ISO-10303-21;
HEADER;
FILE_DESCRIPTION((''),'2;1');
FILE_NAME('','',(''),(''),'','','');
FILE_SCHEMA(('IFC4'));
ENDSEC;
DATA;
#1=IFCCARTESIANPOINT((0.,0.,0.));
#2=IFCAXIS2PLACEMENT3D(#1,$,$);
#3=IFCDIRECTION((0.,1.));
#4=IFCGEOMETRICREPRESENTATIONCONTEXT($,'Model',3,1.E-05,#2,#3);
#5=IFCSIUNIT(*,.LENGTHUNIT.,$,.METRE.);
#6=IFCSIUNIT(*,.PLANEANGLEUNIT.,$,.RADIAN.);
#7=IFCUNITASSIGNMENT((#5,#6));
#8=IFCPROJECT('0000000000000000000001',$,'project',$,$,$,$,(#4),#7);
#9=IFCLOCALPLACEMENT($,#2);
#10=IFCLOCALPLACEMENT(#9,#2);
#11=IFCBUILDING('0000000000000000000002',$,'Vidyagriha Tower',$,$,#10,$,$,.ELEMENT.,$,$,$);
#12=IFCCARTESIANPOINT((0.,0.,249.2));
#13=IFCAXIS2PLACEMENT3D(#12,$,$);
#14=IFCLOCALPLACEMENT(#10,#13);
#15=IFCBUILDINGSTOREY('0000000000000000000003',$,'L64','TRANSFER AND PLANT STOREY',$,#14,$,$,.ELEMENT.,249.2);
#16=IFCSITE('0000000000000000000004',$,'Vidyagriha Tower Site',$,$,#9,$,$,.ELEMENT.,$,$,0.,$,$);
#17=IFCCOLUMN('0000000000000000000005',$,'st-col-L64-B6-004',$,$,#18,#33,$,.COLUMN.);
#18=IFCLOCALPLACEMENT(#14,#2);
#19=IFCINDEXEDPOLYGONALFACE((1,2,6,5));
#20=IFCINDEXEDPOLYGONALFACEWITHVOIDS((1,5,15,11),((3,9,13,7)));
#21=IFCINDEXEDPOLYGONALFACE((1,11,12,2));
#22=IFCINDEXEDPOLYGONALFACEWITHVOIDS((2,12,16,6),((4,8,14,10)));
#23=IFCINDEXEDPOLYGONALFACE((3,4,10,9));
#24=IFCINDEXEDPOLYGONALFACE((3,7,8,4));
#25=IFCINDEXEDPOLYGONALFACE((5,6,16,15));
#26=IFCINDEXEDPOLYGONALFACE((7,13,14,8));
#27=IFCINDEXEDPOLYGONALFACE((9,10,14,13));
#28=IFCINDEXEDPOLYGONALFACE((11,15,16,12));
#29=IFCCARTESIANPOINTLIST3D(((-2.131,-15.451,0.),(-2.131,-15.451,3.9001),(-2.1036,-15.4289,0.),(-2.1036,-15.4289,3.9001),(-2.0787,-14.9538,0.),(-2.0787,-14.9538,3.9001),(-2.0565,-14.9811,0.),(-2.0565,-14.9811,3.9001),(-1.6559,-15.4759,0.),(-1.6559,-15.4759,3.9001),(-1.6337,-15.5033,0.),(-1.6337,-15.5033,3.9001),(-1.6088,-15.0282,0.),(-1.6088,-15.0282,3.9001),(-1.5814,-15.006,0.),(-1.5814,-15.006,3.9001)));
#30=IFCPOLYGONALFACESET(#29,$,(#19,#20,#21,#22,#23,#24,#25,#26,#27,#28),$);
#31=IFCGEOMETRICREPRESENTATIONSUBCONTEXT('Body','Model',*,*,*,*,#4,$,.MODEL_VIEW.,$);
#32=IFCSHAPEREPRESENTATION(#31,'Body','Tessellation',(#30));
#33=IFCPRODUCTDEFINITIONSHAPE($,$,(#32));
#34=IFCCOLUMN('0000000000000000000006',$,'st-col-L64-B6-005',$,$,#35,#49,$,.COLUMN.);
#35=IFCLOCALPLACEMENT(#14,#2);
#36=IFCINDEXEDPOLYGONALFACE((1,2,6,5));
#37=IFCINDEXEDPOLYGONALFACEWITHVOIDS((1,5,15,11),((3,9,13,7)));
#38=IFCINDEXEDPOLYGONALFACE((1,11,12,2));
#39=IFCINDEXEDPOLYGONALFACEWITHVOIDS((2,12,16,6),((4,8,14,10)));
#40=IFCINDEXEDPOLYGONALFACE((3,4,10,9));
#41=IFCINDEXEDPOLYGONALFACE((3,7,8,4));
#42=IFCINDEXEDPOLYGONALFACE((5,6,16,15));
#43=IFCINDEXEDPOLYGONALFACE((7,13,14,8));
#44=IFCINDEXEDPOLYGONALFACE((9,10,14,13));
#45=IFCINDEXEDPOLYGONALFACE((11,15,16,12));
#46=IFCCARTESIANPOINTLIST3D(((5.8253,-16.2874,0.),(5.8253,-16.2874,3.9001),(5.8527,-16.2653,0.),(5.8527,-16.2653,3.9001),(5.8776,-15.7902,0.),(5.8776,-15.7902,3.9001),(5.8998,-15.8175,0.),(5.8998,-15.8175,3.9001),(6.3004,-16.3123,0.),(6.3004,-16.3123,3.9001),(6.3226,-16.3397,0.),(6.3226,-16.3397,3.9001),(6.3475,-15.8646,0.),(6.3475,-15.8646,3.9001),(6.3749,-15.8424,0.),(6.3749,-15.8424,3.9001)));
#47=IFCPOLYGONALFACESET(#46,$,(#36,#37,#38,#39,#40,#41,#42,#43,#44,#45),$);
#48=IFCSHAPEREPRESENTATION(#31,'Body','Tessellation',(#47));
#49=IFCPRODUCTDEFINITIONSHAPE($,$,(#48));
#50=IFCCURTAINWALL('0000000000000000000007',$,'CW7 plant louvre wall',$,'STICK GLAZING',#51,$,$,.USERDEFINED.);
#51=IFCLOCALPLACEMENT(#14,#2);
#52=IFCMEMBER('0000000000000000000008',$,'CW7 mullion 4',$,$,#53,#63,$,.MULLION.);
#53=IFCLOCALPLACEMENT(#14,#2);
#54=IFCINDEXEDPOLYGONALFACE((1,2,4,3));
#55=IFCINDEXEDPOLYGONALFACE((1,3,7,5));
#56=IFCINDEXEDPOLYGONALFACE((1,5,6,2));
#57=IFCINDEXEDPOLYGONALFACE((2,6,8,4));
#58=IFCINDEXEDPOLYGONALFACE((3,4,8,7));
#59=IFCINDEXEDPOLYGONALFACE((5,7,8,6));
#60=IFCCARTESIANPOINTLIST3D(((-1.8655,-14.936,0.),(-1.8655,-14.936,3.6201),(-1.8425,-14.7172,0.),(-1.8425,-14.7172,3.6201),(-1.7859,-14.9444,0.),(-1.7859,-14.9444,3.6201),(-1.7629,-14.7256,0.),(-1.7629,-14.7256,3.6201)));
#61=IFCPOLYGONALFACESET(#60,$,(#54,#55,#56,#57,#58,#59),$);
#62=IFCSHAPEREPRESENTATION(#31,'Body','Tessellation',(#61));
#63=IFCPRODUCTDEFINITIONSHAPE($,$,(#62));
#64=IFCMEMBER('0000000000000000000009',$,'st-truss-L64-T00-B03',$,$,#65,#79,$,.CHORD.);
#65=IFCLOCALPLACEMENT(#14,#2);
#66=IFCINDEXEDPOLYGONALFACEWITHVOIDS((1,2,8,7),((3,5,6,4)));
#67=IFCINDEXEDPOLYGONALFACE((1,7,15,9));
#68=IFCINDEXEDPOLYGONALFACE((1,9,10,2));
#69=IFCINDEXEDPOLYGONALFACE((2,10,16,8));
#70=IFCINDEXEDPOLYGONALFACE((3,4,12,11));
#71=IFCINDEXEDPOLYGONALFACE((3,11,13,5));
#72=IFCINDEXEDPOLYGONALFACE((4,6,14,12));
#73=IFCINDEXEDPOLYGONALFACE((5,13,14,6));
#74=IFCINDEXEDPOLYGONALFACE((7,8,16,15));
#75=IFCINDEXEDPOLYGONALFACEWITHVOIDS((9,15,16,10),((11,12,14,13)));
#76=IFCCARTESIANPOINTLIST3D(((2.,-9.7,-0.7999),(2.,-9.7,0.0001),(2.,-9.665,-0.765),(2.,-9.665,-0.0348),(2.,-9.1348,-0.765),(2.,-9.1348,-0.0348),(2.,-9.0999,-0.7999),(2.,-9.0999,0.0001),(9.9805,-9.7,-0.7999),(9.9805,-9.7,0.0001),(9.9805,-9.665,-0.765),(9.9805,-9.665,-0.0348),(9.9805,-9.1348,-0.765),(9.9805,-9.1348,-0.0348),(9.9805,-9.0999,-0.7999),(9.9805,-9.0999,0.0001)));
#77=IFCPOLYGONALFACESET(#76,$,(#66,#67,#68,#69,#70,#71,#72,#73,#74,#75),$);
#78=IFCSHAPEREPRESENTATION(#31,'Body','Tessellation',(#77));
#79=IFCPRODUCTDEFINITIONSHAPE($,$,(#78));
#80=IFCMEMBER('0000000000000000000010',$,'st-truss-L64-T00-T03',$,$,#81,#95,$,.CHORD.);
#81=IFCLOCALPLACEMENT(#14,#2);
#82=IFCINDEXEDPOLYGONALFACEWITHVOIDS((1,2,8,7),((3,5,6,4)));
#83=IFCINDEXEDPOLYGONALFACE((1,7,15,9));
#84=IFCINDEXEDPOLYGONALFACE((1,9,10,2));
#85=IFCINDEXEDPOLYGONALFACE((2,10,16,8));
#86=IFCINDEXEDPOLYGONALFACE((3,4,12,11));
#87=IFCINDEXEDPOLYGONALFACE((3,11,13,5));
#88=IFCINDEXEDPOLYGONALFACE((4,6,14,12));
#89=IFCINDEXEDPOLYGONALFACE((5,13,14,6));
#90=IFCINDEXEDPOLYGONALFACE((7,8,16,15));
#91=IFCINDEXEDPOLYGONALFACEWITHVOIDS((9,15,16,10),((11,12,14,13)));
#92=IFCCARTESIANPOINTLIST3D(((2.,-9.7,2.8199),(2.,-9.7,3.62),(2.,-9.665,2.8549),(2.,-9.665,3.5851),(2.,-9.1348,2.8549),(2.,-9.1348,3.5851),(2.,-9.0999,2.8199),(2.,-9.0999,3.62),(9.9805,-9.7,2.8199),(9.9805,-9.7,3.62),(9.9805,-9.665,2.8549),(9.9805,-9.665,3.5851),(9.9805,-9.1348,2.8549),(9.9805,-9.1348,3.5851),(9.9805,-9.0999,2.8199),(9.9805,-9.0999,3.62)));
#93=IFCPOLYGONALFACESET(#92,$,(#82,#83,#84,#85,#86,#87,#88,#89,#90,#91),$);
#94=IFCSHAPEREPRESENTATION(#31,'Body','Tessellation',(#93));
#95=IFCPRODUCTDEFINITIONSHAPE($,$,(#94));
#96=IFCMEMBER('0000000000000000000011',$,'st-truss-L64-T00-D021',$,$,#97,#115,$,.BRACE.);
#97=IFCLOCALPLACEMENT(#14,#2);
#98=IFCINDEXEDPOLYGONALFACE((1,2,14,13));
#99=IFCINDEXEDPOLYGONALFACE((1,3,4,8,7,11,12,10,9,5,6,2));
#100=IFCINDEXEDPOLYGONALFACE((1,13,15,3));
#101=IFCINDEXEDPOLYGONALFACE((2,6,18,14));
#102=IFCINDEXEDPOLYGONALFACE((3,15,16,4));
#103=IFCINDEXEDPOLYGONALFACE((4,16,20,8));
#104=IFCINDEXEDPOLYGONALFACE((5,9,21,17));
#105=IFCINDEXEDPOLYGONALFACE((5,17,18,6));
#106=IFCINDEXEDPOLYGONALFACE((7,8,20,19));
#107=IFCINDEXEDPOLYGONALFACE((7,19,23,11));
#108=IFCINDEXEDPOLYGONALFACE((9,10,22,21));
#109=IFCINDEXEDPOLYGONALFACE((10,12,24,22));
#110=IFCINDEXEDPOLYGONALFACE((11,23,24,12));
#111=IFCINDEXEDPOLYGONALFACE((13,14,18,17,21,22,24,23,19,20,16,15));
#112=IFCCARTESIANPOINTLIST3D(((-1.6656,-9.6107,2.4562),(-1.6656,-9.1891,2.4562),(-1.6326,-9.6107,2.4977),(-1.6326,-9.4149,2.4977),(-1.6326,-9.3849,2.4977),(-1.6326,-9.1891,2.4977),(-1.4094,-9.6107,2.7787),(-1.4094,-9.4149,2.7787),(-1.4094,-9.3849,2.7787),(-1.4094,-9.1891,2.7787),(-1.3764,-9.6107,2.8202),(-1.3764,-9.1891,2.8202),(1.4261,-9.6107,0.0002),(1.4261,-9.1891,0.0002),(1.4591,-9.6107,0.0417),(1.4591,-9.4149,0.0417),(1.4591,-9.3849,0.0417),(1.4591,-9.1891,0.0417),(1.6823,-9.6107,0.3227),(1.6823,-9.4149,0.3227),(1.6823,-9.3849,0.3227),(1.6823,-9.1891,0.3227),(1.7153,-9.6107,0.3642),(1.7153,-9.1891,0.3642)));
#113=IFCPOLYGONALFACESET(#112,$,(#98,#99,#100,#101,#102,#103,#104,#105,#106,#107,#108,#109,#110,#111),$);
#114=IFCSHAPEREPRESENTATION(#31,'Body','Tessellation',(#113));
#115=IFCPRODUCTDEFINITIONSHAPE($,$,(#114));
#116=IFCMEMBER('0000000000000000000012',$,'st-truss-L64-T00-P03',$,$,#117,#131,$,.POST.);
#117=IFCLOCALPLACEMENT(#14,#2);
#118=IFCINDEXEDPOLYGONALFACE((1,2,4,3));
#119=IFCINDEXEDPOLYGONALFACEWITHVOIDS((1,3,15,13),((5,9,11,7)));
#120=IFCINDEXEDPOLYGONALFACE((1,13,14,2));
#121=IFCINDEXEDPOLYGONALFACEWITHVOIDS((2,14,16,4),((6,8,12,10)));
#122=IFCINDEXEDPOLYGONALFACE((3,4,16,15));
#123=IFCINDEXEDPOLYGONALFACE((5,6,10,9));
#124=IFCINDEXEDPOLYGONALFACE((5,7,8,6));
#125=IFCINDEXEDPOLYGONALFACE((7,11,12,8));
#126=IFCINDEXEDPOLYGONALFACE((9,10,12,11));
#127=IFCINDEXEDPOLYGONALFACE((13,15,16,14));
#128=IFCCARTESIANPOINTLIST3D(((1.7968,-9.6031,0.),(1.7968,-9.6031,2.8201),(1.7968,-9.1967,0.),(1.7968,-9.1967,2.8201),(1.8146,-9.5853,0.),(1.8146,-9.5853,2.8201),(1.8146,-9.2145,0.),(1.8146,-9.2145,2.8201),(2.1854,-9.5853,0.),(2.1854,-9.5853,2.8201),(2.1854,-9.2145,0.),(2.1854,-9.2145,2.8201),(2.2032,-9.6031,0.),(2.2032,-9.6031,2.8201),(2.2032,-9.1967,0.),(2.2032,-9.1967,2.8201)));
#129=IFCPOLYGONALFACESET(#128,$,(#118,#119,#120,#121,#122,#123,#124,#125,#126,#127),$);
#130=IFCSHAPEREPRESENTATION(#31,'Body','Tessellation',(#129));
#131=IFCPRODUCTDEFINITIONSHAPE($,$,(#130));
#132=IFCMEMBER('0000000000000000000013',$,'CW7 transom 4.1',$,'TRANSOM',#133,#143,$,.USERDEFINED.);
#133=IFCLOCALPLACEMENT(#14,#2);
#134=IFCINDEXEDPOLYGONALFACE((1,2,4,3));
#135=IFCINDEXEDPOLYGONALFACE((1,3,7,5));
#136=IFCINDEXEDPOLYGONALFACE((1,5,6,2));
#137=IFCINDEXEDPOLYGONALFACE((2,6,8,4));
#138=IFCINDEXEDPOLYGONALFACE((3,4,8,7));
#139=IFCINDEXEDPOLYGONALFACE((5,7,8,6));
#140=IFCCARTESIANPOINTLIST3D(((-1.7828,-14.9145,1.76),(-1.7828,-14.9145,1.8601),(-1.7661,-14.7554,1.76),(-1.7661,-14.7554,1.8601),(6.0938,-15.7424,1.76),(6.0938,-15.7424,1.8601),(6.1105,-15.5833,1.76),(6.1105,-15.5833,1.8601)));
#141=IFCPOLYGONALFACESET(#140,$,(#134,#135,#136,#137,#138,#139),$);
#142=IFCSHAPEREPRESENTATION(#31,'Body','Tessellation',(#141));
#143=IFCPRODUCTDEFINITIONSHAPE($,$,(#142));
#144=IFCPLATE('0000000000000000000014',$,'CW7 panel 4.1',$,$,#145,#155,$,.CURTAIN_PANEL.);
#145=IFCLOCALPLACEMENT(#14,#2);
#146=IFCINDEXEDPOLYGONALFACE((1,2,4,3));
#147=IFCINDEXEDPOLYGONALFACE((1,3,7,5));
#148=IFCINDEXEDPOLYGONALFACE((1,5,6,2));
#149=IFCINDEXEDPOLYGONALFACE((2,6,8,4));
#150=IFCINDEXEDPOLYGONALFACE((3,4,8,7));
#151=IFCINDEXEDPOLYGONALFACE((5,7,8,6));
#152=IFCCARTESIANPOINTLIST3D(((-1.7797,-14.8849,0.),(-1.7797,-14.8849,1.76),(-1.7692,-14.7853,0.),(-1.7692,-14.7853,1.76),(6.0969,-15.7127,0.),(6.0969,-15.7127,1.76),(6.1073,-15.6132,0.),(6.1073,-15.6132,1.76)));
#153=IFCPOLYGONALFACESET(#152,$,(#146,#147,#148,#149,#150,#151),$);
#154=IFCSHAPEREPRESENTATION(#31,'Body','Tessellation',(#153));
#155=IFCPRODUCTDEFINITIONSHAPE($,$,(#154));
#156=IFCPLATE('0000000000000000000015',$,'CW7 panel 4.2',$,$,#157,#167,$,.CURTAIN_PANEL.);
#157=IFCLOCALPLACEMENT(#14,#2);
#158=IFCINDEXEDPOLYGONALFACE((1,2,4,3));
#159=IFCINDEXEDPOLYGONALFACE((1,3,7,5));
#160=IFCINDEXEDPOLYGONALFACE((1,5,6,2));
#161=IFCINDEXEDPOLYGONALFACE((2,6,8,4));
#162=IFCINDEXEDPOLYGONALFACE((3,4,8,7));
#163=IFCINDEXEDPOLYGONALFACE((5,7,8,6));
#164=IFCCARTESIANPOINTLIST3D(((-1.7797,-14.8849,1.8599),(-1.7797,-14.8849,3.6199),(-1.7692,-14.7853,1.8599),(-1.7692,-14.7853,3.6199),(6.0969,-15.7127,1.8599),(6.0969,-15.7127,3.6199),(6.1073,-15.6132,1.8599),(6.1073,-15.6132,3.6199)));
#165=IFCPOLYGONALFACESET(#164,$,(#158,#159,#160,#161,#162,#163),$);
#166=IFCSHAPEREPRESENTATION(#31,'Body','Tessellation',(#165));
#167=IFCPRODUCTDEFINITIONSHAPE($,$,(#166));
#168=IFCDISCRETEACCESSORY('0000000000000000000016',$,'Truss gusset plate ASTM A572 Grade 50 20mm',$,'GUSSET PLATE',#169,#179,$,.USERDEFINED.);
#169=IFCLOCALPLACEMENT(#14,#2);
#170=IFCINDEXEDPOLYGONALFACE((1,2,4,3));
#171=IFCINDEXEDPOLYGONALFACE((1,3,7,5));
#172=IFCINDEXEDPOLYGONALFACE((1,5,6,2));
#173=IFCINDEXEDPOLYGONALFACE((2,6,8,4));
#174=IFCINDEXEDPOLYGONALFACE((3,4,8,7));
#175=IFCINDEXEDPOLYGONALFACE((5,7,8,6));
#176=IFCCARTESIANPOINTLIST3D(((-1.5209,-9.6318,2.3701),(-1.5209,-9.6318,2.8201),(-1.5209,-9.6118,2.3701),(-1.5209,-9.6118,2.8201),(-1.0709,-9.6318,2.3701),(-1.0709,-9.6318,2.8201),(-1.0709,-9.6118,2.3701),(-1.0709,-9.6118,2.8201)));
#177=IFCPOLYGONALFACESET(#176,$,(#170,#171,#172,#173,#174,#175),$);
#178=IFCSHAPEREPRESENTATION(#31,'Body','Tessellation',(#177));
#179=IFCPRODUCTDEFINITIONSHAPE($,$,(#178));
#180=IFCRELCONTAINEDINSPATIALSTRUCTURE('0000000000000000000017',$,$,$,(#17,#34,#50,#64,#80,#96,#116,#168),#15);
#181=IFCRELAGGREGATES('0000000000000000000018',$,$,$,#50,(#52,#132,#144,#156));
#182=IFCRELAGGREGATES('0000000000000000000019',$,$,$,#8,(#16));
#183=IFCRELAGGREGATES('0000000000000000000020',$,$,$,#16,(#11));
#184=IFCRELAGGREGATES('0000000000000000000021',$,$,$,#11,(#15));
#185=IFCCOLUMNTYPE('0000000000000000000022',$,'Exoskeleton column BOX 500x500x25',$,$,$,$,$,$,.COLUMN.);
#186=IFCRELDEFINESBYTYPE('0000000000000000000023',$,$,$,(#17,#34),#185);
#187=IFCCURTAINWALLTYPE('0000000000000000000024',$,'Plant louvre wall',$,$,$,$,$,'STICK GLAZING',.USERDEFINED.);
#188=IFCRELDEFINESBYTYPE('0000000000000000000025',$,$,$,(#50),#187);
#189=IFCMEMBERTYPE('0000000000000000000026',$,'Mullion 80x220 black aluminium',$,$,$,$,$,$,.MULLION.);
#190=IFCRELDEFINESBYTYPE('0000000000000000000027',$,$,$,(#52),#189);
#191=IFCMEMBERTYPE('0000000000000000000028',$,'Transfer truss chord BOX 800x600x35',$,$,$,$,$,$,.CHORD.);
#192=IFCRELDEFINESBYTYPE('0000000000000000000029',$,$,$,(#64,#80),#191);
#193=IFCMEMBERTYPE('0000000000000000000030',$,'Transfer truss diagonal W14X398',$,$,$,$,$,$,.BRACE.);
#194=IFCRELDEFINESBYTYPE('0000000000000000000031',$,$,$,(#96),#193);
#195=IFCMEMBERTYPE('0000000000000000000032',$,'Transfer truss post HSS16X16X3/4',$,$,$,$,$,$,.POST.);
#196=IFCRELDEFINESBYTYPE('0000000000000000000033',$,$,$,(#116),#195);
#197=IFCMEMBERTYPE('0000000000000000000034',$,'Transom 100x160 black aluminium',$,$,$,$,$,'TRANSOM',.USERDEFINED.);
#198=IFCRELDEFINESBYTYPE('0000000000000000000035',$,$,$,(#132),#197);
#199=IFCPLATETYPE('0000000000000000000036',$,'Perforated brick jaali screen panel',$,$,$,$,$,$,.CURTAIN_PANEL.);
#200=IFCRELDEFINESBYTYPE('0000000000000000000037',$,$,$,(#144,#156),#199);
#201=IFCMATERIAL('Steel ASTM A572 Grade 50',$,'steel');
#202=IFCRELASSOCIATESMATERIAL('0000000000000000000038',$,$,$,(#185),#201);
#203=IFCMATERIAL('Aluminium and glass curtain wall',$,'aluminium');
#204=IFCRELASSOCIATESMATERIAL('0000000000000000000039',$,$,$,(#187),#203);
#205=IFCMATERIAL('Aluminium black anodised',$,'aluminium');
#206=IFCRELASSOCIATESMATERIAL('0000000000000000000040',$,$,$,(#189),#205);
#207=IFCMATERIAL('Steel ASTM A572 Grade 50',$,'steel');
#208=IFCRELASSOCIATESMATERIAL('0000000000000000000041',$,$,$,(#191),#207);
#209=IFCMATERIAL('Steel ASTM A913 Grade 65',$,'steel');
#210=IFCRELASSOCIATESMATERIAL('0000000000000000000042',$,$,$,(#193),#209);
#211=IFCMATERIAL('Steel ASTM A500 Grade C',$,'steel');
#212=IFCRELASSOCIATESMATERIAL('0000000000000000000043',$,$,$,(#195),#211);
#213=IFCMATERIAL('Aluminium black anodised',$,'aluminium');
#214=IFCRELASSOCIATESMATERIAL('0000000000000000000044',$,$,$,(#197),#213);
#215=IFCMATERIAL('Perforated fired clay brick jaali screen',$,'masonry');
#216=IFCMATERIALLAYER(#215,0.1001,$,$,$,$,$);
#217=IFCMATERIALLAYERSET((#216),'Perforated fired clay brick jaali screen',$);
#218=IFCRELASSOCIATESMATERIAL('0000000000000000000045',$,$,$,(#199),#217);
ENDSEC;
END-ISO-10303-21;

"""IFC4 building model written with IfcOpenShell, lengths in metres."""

from ifc_helpers import new_model, si_unit, direction, frame, origin, origin_2d, place, context, subcontext, project, spatial, rectangle, hollow_rectangle, i_section, extrude, material, layer, layer_set, material_profile, profile_set, type_object, element, aggregate, save


model = new_model("IFC4")

# Units and contexts
model_context = context("Model", 3, precision=1e-05, world=origin(), true_north=direction((0.0, 1.0)))
body_context = subcontext(model_context, "Body", "Model", "MODEL_VIEW")
ifc_project = project(units=[si_unit("LENGTHUNIT", "METRE"), si_unit("PLANEANGLEUNIT", "RADIAN")], contexts=[model_context])

# Site, building, storey
site_placement = place(None, origin())
site = spatial("IfcSite", under=ifc_project, at=site_placement, Name="Vidyagriha Tower Site", CompositionType="ELEMENT", RefElevation=0.0)
building_placement = place(site_placement, origin())
building = spatial("IfcBuilding", under=site, at=building_placement, Name="Vidyagriha Tower", CompositionType="ELEMENT")
storey_placement = place(building_placement, frame((0.0, 0.0, 249.2)))
storey = spatial("IfcBuildingStorey", under=building, at=storey_placement, Name="L64", Description="TRANSFER AND PLANT STOREY", CompositionType="ELEMENT", Elevation=249.2)

# Columns
ifc_material_1 = material(Name="Steel ASTM A572 Grade 50", Category="steel")
ifc_material_profile_1 = material_profile(ifc_material_1, hollow_rectangle(XDim=0.5, YDim=0.5, WallThickness=0.0249, at=origin_2d()), Name="BOX 500x500x25")
ifc_profile_set_1 = profile_set([ifc_material_profile_1], Name="Steel ASTM A572 Grade 50")
column_type = type_object("IfcColumnType", Name="Exoskeleton column BOX 500x500x25", PredefinedType="COLUMN", material=ifc_profile_set_1)
for number, where, z_axis, x_axis, name in (
    (1, (-1.8562, -15.2285, 0.0), (0.0, 0.0, 1.0), (0.994522, -0.104528, 0.0), "st-col-L64-B6-004"),
    (2, (6.1001, -16.0649, 0.0), (0.0, 0.0, 1.0), (0.994522, -0.104528, 0.0), "st-col-L64-B6-005"),
):
    element("IfcColumn", number, at=place(storey_placement, frame(where, z_axis=z_axis, x_axis=x_axis)), inside=storey, type_object=column_type, Name=name, PredefinedType="COLUMN", context=body_context, shape_type="SweptSolid", body=[
        extrude(hollow_rectangle(XDim=0.5, YDim=0.5, WallThickness=0.0249, at=origin_2d()), origin(), (0.0, 0.0, 1.0), 3.9001),
    ])

# Curtain wall, member
ifc_material_2 = material(Name="Aluminium and glass curtain wall", Category="aluminium")
curtain_wall_type = type_object("IfcCurtainWallType", Name="Plant louvre wall", ElementType="STICK GLAZING", PredefinedType="USERDEFINED", material=ifc_material_2)
curtain_wall_placement = place(storey_placement, origin())
curtain_wall = element("IfcCurtainWall", 3, at=curtain_wall_placement, inside=storey, type_object=curtain_wall_type, Name="CW7 plant louvre wall", ObjectType="STICK GLAZING", PredefinedType="USERDEFINED")
ifc_material_3 = material(Name="Aluminium black anodised", Category="aluminium")
ifc_material_profile_2 = material_profile(ifc_material_3, rectangle(XDim=0.22, YDim=0.0801, at=origin_2d()), Name="Mullion 80x220 black aluminium")
ifc_profile_set_2 = profile_set([ifc_material_profile_2], Name="Aluminium black anodised")
member_type_1 = type_object("IfcMemberType", Name="Mullion 80x220 black aluminium", PredefinedType="MULLION", material=ifc_profile_set_2)
member_1_placement = place(storey_placement, frame((-1.8142, -14.8308, 0.0), z_axis=(0.0, 0.0, 1.0), x_axis=(0.104527, 0.994522, 0.0)))
member_1 = element("IfcMember", 4, at=member_1_placement, type_object=member_type_1, Name="CW7 mullion 4", PredefinedType="MULLION", context=body_context, shape_type="SweptSolid", body=[
    extrude(rectangle(XDim=0.22, YDim=0.0801, at=origin_2d()), origin(), (0.0, 0.0, 1.0), 3.6201),
])

# Members
ifc_material_4 = material(Name="Steel ASTM A572 Grade 50", Category="steel")
ifc_material_profile_3 = material_profile(ifc_material_4, hollow_rectangle(XDim=0.6001, YDim=0.8, WallThickness=0.0349, at=origin_2d()), Name="BOX 800x600x35")
ifc_profile_set_3 = profile_set([ifc_material_profile_3], Name="Steel ASTM A572 Grade 50")
member_type_2 = type_object("IfcMemberType", Name="Transfer truss chord BOX 800x600x35", PredefinedType="CHORD", material=ifc_profile_set_3)
for number, where, z_axis, x_axis, name in (
    (5, (2.0, -9.3999, -0.3999), (1.0, 0.0, 0.0), (0.0, 1.0, 0.0), "st-truss-L64-T00-B03"),
    (6, (2.0, -9.3999, 3.22), (1.0, 0.0, 0.0), (0.0, 1.0, 0.0), "st-truss-L64-T00-T03"),
):
    element("IfcMember", number, at=place(storey_placement, frame(where, z_axis=z_axis, x_axis=x_axis)), inside=storey, type_object=member_type_2, Name=name, PredefinedType="CHORD", context=body_context, shape_type="SweptSolid", body=[
        extrude(hollow_rectangle(XDim=0.6001, YDim=0.8, WallThickness=0.0349, at=origin_2d()), origin(), (0.0, 0.0, 1.0), 7.9805),
    ])
ifc_material_5 = material(Name="Steel ASTM A913 Grade 65", Category="steel")
ifc_material_profile_4 = material_profile(ifc_material_5, i_section(OverallWidth=0.4216, OverallDepth=0.4648, WebThickness=0.03, FlangeThickness=0.053, at=origin_2d()), Name="W14X398")
ifc_profile_set_4 = profile_set([ifc_material_profile_4], Name="Steel ASTM A913 Grade 65")
member_type_3 = type_object("IfcMemberType", Name="Transfer truss diagonal W14X398", PredefinedType="BRACE", material=ifc_profile_set_4)
member_2_placement = place(storey_placement, frame((-1.521, -9.3999, 2.6382), z_axis=(0.783012, 0.0, -0.622007), x_axis=(0.0, 1.0, 0.0)))
element("IfcMember", 7, at=member_2_placement, inside=storey, type_object=member_type_3, Name="st-truss-L64-T00-D021", PredefinedType="BRACE", context=body_context, shape_type="SweptSolid", body=[
    extrude(i_section(OverallWidth=0.4216, OverallDepth=0.4648, WebThickness=0.03, FlangeThickness=0.053, at=origin_2d()), origin(), (0.0, 0.0, 1.0), 3.9485),
])
ifc_material_6 = material(Name="Steel ASTM A500 Grade C", Category="steel")
ifc_material_profile_5 = material_profile(ifc_material_6, hollow_rectangle(XDim=0.4065, YDim=0.4065, WallThickness=0.0178, at=origin_2d()), Name="HSS16X16X3/4")
ifc_profile_set_5 = profile_set([ifc_material_profile_5], Name="Steel ASTM A500 Grade C")
member_type_4 = type_object("IfcMemberType", Name="Transfer truss post HSS16X16X3/4", PredefinedType="POST", material=ifc_profile_set_5)
member_3_placement = place(storey_placement, frame((2.0, -9.3999, 0.0)))
element("IfcMember", 8, at=member_3_placement, inside=storey, type_object=member_type_4, Name="st-truss-L64-T00-P03", PredefinedType="POST", context=body_context, shape_type="SweptSolid", body=[
    extrude(hollow_rectangle(XDim=0.4065, YDim=0.4065, WallThickness=0.0178, at=origin_2d()), origin(), (0.0, 0.0, 1.0), 2.8201),
])

# Member
ifc_material_7 = material(Name="Aluminium black anodised", Category="aluminium")
ifc_material_profile_6 = material_profile(ifc_material_7, rectangle(XDim=0.1599, YDim=0.1001, at=origin_2d()), Name="Transom 100x160 black aluminium")
ifc_profile_set_6 = profile_set([ifc_material_profile_6], Name="Aluminium black anodised")
member_type_5 = type_object("IfcMemberType", Name="Transom 100x160 black aluminium", ElementType="TRANSOM", PredefinedType="USERDEFINED", material=ifc_profile_set_6)
member_4_placement = place(storey_placement, frame((-1.7744, -14.835, 1.8101), z_axis=(0.994521, -0.104532, 0.0), x_axis=(0.104532, 0.994521, 0.0)))
member_4 = element("IfcMember", 9, at=member_4_placement, type_object=member_type_5, Name="CW7 transom 4.1", ObjectType="TRANSOM", PredefinedType="USERDEFINED", context=body_context, shape_type="SweptSolid", body=[
    extrude(rectangle(XDim=0.1599, YDim=0.1001, at=origin_2d()), origin(), (0.0, 0.0, 1.0), 7.9199),
])

# Plates
ifc_material_8 = material(Name="Perforated fired clay brick jaali screen", Category="masonry")
ifc_layer = layer(ifc_material_8, 0.1001)
ifc_layer_set = layer_set([ifc_layer], Name="Perforated fired clay brick jaali screen")
plate_type = type_object("IfcPlateType", Name="Perforated brick jaali screen panel", PredefinedType="CURTAIN_PANEL", material=ifc_layer_set)
plate_1_placement = place(storey_placement, frame((2.1638, -15.249, 0.0), z_axis=(0.0, 0.0, 1.0), x_axis=(0.994522, -0.104527, 0.0)))
plate_1 = element("IfcPlate", 10, at=plate_1_placement, type_object=plate_type, Name="CW7 panel 4.1", PredefinedType="CURTAIN_PANEL", context=body_context, shape_type="SweptSolid", body=[
    extrude(rectangle(XDim=7.9199, YDim=0.1001, at=origin_2d()), origin(), (0.0, 0.0, 1.0), 1.76),
])
plate_2_placement = place(storey_placement, frame((2.1638, -15.249, 1.8599), z_axis=(0.0, 0.0, 1.0), x_axis=(0.994522, -0.104527, 0.0)))
plate_2 = element("IfcPlate", 11, at=plate_2_placement, type_object=plate_type, Name="CW7 panel 4.2", PredefinedType="CURTAIN_PANEL", context=body_context, shape_type="SweptSolid", body=[
    extrude(rectangle(XDim=7.9199, YDim=0.1001, at=origin_2d()), origin(), (0.0, 0.0, 1.0), 1.76),
])
aggregate(curtain_wall, [member_1, member_4, plate_1, plate_2])

# Discrete accessory
for number, where, name in (
    (12, (-1.2959, -9.6218, 2.3701), "Truss gusset plate ASTM A572 Grade 50 20mm"),
):
    element("IfcDiscreteAccessory", number, at=place(storey_placement, frame(where)), inside=storey, Name=name, ObjectType="GUSSET PLATE", PredefinedType="USERDEFINED", context=body_context, shape_type="SweptSolid", body=[
        extrude(rectangle(XDim=0.45, YDim=0.02, at=origin_2d()), origin(), (0.0, 0.0, 1.0), 0.45),
    ])

save(model, "model.ifc")
